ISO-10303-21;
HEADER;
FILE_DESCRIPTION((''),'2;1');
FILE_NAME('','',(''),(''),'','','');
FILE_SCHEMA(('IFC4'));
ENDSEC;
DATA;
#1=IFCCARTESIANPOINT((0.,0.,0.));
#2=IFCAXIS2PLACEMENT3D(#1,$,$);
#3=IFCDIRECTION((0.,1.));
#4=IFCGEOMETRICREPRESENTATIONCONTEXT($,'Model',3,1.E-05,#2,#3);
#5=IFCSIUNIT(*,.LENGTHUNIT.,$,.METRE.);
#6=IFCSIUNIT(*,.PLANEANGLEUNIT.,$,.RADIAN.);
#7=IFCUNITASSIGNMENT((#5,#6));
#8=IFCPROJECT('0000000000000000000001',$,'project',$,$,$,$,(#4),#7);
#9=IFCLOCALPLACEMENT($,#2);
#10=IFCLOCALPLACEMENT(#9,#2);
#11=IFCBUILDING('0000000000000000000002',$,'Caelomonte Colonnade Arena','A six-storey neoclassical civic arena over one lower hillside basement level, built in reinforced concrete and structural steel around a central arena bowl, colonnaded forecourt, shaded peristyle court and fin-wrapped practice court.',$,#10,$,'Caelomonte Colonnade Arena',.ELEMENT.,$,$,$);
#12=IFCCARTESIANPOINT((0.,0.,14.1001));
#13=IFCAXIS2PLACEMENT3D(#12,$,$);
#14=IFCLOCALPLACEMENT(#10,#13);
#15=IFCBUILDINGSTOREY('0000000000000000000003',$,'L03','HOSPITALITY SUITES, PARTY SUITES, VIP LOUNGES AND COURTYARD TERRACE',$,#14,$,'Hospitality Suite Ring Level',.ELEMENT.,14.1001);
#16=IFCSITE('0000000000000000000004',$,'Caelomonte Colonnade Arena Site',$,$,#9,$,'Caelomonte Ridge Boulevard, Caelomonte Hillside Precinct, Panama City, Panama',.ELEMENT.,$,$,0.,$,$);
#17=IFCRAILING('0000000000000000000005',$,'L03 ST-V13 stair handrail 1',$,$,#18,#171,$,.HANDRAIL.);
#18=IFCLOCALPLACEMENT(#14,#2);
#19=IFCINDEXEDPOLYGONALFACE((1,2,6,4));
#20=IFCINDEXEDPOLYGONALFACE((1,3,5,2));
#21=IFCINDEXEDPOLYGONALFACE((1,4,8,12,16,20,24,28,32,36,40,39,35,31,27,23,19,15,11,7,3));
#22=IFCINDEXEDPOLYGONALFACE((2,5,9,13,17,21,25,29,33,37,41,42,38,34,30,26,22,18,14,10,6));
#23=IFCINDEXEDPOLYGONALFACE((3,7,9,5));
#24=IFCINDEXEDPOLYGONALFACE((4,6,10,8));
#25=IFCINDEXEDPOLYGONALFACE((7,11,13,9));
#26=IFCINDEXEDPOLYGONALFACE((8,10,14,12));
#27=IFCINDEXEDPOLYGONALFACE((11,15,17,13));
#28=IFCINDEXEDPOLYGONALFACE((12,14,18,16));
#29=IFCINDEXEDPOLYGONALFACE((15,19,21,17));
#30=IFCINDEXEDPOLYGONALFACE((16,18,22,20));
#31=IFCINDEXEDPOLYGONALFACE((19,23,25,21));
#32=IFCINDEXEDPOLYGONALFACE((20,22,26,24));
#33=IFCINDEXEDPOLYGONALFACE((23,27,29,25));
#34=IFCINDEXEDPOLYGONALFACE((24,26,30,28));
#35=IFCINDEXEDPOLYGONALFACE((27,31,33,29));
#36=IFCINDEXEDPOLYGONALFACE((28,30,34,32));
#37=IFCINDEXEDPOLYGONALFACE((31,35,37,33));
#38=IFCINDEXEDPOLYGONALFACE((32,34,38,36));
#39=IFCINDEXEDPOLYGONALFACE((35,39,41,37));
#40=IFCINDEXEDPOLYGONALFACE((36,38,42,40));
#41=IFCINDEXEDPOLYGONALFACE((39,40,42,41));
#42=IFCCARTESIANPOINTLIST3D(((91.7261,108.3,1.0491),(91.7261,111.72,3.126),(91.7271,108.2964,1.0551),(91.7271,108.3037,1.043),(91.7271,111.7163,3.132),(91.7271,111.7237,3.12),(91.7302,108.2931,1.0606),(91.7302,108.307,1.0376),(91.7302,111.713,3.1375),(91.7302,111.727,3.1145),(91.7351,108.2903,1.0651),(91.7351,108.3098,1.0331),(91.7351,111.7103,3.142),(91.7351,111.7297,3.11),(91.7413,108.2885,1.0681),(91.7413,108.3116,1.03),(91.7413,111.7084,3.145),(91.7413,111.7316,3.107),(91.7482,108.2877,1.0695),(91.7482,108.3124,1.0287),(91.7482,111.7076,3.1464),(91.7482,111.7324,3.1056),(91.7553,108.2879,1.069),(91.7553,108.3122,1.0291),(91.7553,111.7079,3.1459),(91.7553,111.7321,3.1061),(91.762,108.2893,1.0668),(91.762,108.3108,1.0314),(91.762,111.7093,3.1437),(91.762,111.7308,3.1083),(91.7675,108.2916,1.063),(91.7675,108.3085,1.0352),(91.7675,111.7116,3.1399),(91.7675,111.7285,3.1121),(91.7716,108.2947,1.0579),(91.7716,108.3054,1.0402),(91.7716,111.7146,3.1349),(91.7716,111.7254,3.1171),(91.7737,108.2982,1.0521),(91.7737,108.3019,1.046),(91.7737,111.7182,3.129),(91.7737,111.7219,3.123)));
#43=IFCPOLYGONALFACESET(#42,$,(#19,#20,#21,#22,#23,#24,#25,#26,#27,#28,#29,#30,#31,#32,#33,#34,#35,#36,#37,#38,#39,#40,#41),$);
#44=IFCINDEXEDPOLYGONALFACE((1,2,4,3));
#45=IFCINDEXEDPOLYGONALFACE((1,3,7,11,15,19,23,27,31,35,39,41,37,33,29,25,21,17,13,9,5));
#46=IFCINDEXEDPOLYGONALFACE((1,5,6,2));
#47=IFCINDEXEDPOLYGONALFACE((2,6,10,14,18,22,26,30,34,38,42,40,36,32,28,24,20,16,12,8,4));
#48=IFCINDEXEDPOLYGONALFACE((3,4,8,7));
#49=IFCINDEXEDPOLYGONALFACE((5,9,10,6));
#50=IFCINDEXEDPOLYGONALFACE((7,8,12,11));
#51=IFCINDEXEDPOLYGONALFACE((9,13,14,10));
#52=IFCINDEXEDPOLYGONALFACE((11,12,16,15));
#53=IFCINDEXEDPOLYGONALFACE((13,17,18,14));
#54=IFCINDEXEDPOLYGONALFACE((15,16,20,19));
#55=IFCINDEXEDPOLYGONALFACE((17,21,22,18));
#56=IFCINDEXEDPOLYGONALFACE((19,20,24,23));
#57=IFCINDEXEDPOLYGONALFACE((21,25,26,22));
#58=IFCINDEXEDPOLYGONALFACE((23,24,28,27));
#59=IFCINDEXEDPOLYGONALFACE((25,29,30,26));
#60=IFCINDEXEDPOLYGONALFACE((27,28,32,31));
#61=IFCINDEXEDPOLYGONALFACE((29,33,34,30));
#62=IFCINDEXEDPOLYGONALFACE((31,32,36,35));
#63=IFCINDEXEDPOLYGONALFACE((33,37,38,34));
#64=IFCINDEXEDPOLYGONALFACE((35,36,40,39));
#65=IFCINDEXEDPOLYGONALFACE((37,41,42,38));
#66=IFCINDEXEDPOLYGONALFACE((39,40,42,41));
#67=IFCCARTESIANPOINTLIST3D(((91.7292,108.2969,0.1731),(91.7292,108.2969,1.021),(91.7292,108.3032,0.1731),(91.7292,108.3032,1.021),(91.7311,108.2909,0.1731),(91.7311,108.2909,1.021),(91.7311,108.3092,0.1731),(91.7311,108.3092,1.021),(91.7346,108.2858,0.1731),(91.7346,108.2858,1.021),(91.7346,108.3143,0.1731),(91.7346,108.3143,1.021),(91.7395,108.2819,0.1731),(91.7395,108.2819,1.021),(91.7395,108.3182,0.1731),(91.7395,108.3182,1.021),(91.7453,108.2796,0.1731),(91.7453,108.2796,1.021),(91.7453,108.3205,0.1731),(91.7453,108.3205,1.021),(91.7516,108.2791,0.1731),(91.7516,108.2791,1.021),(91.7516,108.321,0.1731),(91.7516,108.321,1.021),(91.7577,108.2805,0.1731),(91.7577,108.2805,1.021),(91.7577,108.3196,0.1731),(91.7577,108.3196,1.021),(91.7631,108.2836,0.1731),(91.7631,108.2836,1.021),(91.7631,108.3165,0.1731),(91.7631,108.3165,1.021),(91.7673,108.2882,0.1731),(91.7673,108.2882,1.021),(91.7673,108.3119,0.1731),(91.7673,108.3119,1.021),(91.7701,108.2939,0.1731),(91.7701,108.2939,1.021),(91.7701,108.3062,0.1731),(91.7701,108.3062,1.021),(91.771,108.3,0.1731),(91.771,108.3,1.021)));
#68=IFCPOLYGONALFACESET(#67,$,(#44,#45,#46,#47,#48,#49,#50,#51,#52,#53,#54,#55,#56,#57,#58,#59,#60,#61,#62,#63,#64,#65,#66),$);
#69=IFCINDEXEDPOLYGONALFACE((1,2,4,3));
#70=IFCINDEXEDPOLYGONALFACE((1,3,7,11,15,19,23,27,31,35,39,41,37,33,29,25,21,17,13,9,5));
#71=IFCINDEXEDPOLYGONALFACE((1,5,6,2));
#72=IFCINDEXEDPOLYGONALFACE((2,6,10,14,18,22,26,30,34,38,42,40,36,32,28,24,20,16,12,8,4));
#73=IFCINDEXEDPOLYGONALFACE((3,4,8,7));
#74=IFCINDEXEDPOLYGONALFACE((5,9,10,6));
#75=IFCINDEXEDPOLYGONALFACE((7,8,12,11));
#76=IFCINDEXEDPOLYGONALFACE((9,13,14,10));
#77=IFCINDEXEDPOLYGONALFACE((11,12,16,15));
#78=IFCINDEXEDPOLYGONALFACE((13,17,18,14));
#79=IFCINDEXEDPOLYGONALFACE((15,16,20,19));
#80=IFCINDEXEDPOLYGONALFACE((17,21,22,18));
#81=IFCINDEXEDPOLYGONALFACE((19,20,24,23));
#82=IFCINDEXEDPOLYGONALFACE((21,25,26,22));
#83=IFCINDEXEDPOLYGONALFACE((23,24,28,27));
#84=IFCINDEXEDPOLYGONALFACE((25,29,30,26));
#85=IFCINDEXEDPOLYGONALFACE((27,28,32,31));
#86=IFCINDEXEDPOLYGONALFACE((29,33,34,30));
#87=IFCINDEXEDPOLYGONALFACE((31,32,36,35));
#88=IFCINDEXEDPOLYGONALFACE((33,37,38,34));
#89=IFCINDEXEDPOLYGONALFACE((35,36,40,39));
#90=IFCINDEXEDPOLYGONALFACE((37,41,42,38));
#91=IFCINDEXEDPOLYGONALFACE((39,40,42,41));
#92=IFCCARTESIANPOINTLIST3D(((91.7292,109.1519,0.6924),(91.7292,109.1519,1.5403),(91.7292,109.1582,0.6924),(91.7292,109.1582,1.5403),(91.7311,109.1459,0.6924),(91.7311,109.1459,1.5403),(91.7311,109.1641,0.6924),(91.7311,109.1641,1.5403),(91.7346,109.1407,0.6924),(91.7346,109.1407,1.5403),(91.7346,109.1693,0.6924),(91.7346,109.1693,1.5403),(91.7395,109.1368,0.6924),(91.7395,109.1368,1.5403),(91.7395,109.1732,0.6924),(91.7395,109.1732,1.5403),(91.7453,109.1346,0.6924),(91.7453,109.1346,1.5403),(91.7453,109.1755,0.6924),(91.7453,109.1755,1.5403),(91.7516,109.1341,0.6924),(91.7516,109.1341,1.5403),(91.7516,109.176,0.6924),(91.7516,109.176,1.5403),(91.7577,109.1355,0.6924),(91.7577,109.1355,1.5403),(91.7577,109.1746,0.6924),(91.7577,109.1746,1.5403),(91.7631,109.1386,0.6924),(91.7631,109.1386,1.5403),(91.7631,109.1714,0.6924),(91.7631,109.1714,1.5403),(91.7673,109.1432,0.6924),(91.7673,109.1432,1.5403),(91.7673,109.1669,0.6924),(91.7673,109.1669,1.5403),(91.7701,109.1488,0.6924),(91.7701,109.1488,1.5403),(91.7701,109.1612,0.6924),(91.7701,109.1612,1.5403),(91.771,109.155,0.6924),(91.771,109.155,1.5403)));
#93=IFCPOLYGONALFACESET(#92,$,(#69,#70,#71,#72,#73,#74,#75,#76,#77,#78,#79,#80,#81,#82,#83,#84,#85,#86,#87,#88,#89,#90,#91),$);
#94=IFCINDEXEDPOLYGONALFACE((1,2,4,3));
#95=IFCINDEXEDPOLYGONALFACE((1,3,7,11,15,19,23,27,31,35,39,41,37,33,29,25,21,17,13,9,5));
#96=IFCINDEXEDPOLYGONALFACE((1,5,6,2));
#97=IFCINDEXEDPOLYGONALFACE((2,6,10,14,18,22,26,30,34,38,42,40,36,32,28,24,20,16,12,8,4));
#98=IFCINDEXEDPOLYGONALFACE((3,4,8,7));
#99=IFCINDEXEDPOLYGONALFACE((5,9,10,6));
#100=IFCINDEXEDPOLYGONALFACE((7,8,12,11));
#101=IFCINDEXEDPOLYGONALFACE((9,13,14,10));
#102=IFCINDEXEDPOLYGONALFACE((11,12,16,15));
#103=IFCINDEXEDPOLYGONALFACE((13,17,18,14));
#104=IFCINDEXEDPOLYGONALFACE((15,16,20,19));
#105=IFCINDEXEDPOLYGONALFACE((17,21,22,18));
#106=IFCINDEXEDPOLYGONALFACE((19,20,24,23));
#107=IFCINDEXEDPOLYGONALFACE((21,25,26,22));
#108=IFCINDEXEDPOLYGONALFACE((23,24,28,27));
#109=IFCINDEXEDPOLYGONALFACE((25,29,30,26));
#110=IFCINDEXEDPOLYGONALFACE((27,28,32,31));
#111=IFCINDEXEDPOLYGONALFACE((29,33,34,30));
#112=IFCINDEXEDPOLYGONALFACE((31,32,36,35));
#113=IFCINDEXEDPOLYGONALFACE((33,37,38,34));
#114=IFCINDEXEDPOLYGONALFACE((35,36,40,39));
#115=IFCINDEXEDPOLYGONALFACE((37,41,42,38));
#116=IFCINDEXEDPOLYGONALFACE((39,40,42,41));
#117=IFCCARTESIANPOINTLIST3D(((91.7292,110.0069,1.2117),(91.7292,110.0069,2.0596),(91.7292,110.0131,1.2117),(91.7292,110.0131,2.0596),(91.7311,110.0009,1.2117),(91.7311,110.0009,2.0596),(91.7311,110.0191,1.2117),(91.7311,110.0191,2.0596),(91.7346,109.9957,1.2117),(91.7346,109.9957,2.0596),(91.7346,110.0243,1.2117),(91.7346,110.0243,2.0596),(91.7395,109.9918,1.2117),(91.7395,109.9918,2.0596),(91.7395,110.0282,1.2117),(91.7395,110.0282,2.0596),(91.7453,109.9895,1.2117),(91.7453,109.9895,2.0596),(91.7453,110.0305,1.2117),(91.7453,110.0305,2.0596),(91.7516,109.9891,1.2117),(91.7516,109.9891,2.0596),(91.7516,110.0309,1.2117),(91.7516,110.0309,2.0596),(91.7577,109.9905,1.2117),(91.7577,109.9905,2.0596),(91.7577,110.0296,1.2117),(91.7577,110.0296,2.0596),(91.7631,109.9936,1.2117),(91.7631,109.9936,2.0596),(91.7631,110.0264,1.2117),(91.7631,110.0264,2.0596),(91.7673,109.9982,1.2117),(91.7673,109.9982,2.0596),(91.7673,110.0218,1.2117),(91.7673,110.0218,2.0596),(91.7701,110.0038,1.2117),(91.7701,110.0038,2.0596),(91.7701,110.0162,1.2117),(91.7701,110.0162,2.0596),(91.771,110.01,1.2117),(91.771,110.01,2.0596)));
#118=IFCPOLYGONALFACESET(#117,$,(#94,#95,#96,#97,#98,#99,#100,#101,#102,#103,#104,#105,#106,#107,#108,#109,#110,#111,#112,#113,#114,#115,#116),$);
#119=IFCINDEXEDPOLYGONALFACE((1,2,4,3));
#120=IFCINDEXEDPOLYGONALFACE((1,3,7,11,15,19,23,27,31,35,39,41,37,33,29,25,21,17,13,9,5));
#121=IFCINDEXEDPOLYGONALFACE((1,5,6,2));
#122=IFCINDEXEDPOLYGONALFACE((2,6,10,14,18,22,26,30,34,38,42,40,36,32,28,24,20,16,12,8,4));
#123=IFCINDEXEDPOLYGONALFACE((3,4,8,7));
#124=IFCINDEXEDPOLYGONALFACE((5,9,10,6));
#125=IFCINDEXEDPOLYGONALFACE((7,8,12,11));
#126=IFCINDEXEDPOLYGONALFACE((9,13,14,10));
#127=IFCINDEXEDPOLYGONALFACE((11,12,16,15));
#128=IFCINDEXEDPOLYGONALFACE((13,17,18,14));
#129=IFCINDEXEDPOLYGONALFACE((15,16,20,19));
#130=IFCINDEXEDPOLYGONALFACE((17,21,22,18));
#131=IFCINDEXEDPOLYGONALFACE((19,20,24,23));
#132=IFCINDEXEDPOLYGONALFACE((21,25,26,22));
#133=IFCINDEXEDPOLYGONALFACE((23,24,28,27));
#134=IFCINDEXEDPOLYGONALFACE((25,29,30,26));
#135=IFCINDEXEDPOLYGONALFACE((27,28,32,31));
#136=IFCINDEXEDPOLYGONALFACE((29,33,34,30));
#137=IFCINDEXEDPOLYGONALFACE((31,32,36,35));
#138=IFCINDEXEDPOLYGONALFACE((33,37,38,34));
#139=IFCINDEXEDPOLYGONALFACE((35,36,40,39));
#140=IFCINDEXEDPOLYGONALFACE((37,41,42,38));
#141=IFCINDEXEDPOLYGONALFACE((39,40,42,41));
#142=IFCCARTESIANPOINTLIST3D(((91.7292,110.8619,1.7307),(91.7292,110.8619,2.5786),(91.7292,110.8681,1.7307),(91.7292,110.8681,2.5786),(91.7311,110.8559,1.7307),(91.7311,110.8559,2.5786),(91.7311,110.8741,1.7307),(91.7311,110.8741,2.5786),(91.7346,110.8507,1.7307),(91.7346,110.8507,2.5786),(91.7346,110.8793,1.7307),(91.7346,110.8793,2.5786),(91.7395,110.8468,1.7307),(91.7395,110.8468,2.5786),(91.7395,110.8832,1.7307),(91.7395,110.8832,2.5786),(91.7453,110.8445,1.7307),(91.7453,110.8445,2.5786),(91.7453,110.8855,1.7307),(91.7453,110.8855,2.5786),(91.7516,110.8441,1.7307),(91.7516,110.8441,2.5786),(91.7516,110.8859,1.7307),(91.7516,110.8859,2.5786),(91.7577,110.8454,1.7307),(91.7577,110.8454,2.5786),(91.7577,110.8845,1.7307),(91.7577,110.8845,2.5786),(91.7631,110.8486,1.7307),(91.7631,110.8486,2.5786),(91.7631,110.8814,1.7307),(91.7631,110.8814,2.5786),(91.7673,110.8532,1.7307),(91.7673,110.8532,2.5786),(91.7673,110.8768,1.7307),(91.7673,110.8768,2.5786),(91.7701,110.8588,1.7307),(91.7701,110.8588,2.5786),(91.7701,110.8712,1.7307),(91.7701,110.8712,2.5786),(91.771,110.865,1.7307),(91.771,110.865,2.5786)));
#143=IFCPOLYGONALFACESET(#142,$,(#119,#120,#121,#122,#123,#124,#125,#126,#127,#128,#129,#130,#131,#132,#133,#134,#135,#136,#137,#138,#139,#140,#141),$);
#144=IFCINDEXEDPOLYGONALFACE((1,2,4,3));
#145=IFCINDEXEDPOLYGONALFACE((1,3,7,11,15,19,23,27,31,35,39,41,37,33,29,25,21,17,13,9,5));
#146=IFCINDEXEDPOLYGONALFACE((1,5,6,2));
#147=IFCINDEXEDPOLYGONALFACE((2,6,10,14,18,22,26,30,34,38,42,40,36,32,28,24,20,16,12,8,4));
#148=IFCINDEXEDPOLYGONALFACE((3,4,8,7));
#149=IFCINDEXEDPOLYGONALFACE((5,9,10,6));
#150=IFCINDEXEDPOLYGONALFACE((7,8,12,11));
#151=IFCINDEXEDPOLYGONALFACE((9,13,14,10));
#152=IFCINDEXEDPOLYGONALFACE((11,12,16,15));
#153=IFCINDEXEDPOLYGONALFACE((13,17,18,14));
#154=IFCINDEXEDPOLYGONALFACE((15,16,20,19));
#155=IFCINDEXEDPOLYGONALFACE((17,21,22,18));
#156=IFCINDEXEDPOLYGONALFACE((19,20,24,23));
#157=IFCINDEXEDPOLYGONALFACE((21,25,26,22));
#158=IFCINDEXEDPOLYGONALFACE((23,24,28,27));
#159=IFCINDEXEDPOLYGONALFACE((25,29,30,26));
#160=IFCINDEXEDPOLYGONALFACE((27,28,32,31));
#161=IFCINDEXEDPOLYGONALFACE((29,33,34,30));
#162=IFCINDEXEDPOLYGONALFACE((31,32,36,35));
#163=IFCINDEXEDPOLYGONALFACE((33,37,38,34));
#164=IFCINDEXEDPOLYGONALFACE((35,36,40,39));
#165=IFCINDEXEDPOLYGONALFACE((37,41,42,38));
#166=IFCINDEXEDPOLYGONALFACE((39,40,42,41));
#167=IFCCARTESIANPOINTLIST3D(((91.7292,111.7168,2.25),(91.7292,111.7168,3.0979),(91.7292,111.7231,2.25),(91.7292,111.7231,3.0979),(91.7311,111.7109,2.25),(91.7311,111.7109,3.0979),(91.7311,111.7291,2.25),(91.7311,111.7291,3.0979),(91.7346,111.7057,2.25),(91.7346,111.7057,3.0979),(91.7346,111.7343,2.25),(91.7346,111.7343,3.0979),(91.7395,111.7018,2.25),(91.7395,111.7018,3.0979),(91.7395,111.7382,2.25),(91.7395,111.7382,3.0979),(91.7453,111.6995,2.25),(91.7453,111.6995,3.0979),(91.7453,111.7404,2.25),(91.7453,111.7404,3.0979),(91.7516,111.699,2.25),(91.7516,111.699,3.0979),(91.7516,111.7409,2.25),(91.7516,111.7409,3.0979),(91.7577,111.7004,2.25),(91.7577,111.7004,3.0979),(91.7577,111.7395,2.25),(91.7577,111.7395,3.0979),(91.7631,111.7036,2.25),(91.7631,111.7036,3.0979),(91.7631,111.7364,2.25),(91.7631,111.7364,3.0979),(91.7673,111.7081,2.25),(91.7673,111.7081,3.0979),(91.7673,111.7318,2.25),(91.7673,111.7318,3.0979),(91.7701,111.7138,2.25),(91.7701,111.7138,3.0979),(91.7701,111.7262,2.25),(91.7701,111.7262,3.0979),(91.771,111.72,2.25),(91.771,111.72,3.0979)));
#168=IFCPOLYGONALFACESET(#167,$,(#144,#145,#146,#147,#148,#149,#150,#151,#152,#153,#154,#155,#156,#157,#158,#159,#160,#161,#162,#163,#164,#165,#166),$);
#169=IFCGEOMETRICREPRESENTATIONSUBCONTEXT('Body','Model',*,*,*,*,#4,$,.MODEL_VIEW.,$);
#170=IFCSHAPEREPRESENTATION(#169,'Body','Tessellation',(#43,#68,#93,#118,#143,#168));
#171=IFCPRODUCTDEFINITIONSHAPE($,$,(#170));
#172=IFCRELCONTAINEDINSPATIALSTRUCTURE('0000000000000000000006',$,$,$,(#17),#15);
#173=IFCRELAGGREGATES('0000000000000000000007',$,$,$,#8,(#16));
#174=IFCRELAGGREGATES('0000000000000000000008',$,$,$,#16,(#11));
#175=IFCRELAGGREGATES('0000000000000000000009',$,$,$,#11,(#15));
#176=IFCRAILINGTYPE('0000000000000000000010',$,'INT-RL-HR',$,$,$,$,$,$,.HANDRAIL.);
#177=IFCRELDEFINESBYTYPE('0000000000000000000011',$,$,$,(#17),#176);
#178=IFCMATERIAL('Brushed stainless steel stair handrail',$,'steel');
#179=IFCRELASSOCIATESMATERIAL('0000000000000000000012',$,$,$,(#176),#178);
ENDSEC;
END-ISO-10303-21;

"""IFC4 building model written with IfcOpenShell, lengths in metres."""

from ifc_helpers import new_model, si_unit, direction, frame, origin, origin_2d, place, context, subcontext, project, spatial, circle, extrude, material, type_object, element, save


model = new_model("IFC4")

# Units and contexts
model_context = context("Model", 3, precision=1e-05, world=origin(), true_north=direction((0.0, 1.0)))
body_context = subcontext(model_context, "Body", "Model", "MODEL_VIEW")
ifc_project = project(units=[si_unit("LENGTHUNIT", "METRE"), si_unit("PLANEANGLEUNIT", "RADIAN")], contexts=[model_context])

# Site, building, storey
site_placement = place(None, origin())
site = spatial("IfcSite", under=ifc_project, at=site_placement, Name="Caelomonte Colonnade Arena Site", LongName="Caelomonte Ridge Boulevard, Caelomonte Hillside Precinct, Panama City, Panama", CompositionType="ELEMENT", RefElevation=0.0)
building_placement = place(site_placement, origin())
building = spatial("IfcBuilding", under=site, at=building_placement, Name="Caelomonte Colonnade Arena", Description="A six-storey neoclassical civic arena over one lower hillside basement level, built in reinforced concrete and structural steel around a central arena bowl, colonnaded forecourt, shaded peristyle court and fin-wrapped practice court.", LongName="Caelomonte Colonnade Arena", CompositionType="ELEMENT")
storey_placement = place(building_placement, frame((0.0, 0.0, 14.1001)))
storey = spatial("IfcBuildingStorey", under=building, at=storey_placement, Name="L03", Description="HOSPITALITY SUITES, PARTY SUITES, VIP LOUNGES AND COURTYARD TERRACE", LongName="Hospitality Suite Ring Level", CompositionType="ELEMENT", Elevation=14.1001)

# Railing
ifc_material_1 = material(Name="Brushed stainless steel stair handrail", Category="steel")
railing_type_1 = type_object("IfcRailingType", Name="INT-RL-HR", PredefinedType="HANDRAIL", material=ifc_material_1)
for number, where, name in (
    (1, (91.75, 108.3, 0.1731), "L03 ST-V13 stair handrail 1"),
):
    element("IfcRailing", number, at=place(storey_placement, frame(where)), inside=storey, type_object=railing_type_1, Name=name, PredefinedType="HANDRAIL", context=body_context, shape_type="SweptSolid", body=[
        extrude(circle(Radius=0.0239, at=origin_2d()), frame((0.0, 0.0, 0.876), z_axis=(0.0, 0.85473, 0.519074), x_axis=(-1.0, 0.0, 0.0)), (0.0, 0.0, 1.0), 4.0012),
        extrude(circle(Radius=0.021, at=origin_2d()), origin(), (0.0, 0.0, 1.0), 0.8479),
        extrude(circle(Radius=0.021, at=origin_2d()), frame((0.0, 0.855, 0.5193)), (0.0, 0.0, 1.0), 0.8479),
        extrude(circle(Radius=0.021, at=origin_2d()), frame((0.0, 1.71, 1.0386)), (0.0, 0.0, 1.0), 0.8479),
        extrude(circle(Radius=0.021, at=origin_2d()), frame((0.0, 2.5649, 1.5576)), (0.0, 0.0, 1.0), 0.8479),
        extrude(circle(Radius=0.021, at=origin_2d()), frame((0.0, 3.4199, 2.0769)), (0.0, 0.0, 1.0), 0.8479),
    ])

save(model, "model.ifc")
